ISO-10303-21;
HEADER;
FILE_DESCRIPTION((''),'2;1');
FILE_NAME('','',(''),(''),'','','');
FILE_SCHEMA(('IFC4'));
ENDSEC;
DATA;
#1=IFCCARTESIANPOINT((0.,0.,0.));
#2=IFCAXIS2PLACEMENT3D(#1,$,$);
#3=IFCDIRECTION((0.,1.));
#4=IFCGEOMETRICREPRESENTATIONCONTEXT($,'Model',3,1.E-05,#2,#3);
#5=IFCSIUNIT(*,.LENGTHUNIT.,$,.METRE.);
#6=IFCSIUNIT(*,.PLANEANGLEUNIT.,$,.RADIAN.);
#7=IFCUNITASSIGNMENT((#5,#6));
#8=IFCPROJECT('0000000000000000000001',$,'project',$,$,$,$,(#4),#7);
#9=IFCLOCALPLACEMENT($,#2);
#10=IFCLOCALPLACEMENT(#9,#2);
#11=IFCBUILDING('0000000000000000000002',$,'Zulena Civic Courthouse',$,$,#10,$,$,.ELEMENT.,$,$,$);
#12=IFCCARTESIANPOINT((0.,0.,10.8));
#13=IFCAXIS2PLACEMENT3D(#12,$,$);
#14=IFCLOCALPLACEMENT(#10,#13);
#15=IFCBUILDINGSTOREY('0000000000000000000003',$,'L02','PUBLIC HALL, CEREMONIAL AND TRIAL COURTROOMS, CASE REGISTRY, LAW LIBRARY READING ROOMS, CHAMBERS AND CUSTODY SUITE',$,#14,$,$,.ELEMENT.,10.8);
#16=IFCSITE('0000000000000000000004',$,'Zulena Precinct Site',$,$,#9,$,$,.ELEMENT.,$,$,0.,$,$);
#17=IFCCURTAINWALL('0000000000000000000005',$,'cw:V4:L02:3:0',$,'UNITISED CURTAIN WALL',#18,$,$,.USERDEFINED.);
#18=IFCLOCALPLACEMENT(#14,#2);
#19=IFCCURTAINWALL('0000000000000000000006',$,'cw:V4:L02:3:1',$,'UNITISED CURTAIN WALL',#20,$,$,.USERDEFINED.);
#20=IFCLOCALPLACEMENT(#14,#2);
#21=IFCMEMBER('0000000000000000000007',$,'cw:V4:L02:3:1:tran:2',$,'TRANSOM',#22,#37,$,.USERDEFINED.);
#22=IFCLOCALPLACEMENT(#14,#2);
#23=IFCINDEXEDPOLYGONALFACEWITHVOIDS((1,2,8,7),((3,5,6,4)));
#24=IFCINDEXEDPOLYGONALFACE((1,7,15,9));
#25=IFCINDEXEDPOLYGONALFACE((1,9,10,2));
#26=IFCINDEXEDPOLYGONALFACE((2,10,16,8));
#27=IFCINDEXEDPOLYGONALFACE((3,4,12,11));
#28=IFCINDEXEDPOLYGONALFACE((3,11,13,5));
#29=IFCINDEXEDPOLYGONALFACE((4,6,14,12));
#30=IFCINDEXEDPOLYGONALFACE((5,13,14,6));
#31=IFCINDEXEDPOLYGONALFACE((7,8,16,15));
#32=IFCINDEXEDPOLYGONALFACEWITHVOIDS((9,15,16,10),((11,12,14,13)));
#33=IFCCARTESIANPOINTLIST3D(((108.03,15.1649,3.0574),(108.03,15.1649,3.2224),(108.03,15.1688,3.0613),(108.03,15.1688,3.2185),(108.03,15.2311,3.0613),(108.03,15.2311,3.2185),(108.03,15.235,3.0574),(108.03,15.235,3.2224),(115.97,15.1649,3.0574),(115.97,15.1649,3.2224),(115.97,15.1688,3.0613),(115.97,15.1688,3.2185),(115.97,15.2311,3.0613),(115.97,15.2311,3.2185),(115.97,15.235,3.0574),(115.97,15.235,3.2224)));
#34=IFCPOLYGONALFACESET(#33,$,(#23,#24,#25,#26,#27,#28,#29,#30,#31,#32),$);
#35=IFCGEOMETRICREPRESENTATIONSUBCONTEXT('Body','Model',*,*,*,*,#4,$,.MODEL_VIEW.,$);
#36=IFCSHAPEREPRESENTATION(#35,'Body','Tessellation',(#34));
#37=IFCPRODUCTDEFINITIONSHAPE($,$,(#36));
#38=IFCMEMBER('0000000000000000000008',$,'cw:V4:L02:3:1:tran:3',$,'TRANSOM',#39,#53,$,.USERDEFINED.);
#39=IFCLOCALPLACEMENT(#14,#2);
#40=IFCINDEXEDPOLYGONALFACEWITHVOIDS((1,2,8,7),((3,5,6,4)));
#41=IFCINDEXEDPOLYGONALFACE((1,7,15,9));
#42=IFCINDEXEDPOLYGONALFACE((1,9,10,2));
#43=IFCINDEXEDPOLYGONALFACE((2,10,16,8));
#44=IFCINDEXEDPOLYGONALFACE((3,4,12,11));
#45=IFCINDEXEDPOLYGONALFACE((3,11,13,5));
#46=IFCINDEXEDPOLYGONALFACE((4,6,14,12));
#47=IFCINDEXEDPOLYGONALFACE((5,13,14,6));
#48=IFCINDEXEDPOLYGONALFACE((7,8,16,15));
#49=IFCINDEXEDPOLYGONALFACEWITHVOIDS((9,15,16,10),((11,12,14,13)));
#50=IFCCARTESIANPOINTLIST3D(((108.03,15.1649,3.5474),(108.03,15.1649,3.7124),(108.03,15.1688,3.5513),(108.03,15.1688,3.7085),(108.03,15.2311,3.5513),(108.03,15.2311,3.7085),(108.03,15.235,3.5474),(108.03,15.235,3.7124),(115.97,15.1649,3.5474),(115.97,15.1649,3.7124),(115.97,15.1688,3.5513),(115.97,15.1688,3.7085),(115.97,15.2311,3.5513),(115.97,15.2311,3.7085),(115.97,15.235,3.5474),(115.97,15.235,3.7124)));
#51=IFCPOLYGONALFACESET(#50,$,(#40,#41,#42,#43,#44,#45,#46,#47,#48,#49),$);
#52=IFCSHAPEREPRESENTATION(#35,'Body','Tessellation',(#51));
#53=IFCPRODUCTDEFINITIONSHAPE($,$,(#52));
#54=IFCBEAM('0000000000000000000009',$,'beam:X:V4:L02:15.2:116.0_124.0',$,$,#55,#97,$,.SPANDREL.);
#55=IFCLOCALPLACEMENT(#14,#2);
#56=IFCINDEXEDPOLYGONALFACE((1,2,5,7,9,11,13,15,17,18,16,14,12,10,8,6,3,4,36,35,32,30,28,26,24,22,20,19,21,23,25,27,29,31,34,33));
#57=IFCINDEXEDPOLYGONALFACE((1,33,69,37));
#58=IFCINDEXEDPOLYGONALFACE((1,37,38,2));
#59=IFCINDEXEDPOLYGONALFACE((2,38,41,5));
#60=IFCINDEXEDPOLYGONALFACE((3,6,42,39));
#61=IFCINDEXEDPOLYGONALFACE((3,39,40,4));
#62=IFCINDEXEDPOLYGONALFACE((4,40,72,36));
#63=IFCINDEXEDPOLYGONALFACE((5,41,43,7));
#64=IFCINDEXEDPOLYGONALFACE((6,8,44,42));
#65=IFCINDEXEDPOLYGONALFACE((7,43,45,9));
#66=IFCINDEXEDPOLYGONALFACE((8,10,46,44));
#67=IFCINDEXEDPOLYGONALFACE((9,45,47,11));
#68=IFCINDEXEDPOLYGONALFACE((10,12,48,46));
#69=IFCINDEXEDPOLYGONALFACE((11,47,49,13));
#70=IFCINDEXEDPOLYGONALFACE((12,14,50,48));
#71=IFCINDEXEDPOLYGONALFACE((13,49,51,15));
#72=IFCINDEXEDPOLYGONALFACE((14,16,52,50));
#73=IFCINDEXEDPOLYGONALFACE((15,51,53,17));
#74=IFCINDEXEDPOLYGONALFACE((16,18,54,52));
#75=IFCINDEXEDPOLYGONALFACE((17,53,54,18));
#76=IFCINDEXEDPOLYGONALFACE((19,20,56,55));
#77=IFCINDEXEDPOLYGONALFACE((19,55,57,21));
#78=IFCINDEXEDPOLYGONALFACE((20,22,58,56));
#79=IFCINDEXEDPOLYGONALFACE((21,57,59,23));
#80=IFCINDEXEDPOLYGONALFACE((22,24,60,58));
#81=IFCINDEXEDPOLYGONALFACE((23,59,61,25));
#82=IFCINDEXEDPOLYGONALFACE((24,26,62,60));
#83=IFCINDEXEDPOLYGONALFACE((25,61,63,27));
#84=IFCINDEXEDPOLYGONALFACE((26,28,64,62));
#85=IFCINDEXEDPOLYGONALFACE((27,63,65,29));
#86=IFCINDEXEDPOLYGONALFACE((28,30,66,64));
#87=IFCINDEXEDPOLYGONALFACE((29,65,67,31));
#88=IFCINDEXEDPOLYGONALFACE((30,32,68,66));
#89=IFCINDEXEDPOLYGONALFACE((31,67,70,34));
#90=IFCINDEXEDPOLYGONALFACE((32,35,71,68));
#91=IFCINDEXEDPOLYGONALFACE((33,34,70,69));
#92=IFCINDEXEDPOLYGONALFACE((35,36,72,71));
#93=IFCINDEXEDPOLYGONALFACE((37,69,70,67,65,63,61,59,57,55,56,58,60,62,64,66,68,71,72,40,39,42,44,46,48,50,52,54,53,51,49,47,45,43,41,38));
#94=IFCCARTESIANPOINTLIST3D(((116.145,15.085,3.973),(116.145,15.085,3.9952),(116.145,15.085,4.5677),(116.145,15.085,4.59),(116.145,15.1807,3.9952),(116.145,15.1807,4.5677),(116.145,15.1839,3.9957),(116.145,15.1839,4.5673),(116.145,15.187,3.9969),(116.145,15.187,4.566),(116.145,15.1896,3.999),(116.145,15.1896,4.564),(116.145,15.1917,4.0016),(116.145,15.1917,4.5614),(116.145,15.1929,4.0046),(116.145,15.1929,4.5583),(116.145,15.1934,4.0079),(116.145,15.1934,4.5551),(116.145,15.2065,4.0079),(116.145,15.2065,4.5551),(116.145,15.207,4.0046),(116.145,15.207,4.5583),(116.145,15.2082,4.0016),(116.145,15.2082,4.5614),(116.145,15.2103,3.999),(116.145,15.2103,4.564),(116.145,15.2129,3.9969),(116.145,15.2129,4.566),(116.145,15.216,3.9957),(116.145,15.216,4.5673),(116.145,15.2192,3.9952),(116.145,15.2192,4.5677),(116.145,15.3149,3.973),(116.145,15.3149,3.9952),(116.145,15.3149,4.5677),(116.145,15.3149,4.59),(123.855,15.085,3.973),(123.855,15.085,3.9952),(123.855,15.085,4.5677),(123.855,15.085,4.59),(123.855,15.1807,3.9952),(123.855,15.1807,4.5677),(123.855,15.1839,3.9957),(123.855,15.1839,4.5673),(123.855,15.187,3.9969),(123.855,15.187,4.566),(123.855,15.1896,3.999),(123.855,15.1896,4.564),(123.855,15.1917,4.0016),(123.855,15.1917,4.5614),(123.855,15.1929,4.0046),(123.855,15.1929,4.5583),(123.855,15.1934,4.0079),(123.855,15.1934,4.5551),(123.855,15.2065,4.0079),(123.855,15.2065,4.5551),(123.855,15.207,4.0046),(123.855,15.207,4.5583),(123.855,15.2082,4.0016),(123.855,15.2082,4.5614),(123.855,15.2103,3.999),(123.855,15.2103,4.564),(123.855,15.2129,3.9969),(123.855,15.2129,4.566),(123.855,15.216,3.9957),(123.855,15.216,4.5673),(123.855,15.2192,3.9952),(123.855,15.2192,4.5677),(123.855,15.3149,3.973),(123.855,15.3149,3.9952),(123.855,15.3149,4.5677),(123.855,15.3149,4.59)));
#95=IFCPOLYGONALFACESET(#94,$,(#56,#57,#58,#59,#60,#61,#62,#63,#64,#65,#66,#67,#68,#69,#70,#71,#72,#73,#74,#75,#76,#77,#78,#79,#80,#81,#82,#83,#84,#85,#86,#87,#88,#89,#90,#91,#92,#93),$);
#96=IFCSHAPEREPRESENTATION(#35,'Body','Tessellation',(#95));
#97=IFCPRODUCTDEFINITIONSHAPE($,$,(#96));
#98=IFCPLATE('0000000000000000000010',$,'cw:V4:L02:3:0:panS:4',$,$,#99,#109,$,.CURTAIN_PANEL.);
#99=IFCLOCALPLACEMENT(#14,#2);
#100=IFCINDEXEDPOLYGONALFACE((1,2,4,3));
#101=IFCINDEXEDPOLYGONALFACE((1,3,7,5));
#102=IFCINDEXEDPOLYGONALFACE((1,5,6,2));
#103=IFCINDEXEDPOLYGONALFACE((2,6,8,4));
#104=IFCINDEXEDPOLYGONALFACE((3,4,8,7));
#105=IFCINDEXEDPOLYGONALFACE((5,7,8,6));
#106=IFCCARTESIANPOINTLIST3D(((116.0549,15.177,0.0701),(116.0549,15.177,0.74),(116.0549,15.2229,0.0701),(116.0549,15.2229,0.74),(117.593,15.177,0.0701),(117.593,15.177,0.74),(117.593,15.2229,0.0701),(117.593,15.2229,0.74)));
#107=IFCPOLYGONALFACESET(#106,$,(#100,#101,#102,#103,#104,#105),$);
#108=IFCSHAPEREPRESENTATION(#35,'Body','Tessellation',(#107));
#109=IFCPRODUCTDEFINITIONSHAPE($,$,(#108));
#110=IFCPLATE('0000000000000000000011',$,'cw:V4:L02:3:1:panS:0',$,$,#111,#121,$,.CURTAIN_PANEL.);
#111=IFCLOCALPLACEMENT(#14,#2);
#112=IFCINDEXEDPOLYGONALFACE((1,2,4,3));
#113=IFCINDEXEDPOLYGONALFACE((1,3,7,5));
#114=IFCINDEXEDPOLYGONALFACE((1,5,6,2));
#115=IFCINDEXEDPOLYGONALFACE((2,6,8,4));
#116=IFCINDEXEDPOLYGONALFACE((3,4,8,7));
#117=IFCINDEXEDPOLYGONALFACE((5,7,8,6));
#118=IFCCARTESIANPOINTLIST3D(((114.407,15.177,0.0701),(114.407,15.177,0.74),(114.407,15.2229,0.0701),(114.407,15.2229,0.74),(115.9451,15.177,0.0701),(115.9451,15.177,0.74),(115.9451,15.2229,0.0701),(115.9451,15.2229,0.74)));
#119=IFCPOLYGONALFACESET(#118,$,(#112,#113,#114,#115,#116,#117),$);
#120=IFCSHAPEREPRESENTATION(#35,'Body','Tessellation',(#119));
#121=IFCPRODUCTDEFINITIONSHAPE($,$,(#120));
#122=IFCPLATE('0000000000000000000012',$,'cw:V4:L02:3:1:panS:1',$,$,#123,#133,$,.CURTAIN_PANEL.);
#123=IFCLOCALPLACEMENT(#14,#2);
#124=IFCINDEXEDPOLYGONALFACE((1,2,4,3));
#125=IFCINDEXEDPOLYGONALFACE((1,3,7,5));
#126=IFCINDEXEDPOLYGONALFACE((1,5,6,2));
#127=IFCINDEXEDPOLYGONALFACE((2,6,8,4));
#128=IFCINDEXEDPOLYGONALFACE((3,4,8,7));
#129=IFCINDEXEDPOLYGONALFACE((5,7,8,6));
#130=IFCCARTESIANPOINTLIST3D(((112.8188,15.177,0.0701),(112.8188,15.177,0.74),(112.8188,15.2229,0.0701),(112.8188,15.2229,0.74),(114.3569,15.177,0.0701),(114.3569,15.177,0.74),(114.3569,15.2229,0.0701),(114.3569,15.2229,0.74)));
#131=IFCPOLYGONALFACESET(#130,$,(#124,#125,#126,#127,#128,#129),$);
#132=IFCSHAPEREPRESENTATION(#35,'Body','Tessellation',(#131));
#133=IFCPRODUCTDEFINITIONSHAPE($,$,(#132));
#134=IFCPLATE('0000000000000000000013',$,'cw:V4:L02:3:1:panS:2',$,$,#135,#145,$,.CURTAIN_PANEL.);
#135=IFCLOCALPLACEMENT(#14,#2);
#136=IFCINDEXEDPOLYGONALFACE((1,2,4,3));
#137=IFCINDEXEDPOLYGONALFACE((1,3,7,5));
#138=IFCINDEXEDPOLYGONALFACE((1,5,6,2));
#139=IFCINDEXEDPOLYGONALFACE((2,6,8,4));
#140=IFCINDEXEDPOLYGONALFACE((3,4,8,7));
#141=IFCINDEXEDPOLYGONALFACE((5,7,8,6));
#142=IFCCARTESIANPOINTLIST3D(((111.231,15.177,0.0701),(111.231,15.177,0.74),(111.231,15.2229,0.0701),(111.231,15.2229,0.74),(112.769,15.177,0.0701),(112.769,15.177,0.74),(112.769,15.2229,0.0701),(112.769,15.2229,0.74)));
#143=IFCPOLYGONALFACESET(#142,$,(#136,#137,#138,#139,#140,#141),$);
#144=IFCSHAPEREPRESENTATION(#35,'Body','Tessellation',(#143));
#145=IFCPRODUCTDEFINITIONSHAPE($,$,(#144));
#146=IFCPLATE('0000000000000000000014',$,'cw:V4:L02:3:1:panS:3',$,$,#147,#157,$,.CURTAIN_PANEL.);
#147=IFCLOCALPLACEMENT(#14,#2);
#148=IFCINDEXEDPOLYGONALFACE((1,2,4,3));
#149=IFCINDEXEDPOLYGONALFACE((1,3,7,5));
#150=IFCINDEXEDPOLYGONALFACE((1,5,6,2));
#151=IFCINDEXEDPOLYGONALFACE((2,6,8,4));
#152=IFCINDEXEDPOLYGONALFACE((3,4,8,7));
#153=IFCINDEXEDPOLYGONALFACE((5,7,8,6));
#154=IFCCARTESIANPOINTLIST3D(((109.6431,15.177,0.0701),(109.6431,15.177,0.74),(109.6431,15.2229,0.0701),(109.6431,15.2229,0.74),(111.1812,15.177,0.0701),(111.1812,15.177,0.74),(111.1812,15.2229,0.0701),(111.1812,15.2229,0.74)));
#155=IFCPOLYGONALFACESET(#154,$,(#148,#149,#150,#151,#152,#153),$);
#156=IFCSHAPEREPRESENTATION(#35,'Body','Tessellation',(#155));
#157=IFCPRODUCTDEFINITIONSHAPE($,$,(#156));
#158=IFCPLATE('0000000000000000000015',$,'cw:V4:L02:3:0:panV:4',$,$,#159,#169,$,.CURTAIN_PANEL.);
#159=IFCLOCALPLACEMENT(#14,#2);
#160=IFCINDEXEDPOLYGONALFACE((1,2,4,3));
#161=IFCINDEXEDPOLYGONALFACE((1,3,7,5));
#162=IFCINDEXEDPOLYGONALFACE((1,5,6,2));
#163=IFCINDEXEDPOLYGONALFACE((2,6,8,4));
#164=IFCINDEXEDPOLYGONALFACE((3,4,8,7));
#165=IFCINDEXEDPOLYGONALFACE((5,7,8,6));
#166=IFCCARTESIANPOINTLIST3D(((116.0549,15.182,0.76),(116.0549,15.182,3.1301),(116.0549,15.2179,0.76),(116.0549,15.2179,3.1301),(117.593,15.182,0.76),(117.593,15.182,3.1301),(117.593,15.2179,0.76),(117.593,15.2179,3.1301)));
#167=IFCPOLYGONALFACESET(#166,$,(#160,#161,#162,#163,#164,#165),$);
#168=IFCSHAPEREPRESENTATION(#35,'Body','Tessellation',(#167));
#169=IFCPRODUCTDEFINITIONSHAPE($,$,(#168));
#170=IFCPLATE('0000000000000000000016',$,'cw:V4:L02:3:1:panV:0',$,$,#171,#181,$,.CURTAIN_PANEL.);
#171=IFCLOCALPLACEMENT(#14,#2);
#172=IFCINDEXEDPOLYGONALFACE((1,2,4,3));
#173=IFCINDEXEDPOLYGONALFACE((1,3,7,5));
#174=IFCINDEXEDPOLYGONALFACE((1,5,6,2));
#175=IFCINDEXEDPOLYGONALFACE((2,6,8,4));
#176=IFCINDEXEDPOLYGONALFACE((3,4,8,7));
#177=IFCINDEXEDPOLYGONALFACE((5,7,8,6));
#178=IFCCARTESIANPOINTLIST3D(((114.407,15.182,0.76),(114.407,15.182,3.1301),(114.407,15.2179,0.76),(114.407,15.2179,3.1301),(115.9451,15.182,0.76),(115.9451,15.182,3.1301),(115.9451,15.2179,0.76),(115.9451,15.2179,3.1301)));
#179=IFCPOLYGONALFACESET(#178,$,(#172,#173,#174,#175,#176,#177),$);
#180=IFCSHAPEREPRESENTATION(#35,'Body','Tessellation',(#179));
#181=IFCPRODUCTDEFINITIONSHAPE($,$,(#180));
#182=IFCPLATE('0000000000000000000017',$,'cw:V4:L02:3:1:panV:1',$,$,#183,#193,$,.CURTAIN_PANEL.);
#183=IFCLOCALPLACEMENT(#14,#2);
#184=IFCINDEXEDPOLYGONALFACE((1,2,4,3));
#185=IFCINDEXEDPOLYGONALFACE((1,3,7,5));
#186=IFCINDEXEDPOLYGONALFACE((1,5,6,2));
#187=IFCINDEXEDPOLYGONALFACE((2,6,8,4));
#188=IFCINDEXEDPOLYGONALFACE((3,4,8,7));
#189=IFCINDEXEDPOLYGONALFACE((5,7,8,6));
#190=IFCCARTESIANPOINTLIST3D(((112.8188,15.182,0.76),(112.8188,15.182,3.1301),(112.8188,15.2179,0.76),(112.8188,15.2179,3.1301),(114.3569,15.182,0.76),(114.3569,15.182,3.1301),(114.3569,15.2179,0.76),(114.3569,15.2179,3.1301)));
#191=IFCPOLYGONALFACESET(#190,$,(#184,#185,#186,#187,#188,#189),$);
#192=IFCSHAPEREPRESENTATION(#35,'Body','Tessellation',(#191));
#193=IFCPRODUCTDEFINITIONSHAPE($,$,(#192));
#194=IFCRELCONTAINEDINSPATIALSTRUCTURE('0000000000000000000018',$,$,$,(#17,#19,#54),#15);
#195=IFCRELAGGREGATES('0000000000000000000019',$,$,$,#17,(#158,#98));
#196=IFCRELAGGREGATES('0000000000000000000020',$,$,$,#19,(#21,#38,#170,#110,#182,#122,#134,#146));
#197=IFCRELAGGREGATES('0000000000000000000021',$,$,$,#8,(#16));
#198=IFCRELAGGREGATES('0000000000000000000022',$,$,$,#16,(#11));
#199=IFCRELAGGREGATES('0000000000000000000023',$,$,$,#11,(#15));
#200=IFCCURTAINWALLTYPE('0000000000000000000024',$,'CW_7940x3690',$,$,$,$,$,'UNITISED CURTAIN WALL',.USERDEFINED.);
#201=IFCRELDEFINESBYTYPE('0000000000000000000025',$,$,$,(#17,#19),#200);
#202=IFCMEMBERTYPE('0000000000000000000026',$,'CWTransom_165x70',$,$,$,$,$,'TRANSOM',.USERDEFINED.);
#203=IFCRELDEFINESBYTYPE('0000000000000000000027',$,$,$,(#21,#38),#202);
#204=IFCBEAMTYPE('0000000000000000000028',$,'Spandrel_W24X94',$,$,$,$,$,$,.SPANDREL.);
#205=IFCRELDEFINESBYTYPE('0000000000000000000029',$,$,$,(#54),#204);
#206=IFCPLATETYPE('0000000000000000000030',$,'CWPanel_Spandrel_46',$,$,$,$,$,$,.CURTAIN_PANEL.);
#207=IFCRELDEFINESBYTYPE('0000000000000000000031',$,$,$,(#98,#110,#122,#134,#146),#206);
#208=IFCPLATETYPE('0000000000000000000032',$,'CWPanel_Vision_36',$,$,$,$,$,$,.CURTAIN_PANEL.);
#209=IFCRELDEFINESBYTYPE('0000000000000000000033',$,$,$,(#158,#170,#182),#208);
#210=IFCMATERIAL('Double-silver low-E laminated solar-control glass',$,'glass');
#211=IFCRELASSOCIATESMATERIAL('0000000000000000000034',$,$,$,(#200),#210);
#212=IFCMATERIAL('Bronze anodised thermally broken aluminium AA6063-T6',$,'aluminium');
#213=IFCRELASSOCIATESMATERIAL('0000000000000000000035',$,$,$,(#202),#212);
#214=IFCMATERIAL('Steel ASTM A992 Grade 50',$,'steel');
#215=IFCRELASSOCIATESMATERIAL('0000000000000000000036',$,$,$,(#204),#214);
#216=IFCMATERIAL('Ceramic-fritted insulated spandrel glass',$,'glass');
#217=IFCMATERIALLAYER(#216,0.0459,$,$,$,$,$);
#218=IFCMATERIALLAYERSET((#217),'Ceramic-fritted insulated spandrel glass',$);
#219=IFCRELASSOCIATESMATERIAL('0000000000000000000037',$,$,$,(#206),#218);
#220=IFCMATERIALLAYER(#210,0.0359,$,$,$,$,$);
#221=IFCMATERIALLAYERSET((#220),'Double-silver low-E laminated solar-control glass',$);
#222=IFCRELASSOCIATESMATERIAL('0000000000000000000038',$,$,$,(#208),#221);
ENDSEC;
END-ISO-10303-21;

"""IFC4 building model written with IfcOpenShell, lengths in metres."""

from ifc_helpers import new_model, si_unit, direction, frame, origin, origin_2d, place, context, subcontext, project, spatial, rectangle, hollow_rectangle, i_section, extrude, material, layer, layer_set, material_profile, profile_set, type_object, element, aggregate, save


model = new_model("IFC4")

# Units and contexts
model_context = context("Model", 3, precision=1e-05, world=origin(), true_north=direction((0.0, 1.0)))
body_context = subcontext(model_context, "Body", "Model", "MODEL_VIEW")
ifc_project = project(units=[si_unit("LENGTHUNIT", "METRE"), si_unit("PLANEANGLEUNIT", "RADIAN")], contexts=[model_context])

# Site, building, storey
site_placement = place(None, origin())
site = spatial("IfcSite", under=ifc_project, at=site_placement, Name="Zulena Precinct Site", CompositionType="ELEMENT", RefElevation=0.0)
building_placement = place(site_placement, origin())
building = spatial("IfcBuilding", under=site, at=building_placement, Name="Zulena Civic Courthouse", CompositionType="ELEMENT")
storey_placement = place(building_placement, frame((0.0, 0.0, 10.8)))
storey = spatial("IfcBuildingStorey", under=building, at=storey_placement, Name="L02", Description="PUBLIC HALL, CEREMONIAL AND TRIAL COURTROOMS, CASE REGISTRY, LAW LIBRARY READING ROOMS, CHAMBERS AND CUSTODY SUITE", CompositionType="ELEMENT", Elevation=10.8)

# Shared definitions
ifc_material_1 = material(Name="Steel ASTM A992 Grade 50", Category="steel")

# Curtain wall
ifc_material_2 = material(Name="Double-silver low-E laminated solar-control glass", Category="glass")
curtain_wall_type = type_object("IfcCurtainWallType", Name="CW_7940x3690", ElementType="UNITISED CURTAIN WALL", PredefinedType="USERDEFINED", material=ifc_material_2)
curtain_wall_1_placement = place(storey_placement, origin())
curtain_wall_1 = element("IfcCurtainWall", 1, at=curtain_wall_1_placement, inside=storey, type_object=curtain_wall_type, Name="cw:V4:L02:3:0", ObjectType="UNITISED CURTAIN WALL", PredefinedType="USERDEFINED")
ifc_material_3 = material(Name="Bronze anodised thermally broken aluminium AA6063-T6", Category="aluminium")

# Curtain wall, members
curtain_wall_2_placement = place(storey_placement, origin())
curtain_wall_2 = element("IfcCurtainWall", 2, at=curtain_wall_2_placement, inside=storey, type_object=curtain_wall_type, Name="cw:V4:L02:3:1", ObjectType="UNITISED CURTAIN WALL", PredefinedType="USERDEFINED")
ifc_material_profile_1 = material_profile(ifc_material_3, hollow_rectangle(XDim=0.0701, YDim=0.165, WallThickness=0.0039, at=origin_2d()), Name="CWT165X70X4")
ifc_profile_set_1 = profile_set([ifc_material_profile_1], Name="Bronze anodised thermally broken aluminium AA6063-T6")
member_type_1 = type_object("IfcMemberType", Name="CWTransom_165x70", ElementType="TRANSOM", PredefinedType="USERDEFINED", material=ifc_profile_set_1)
member_1_placement = place(storey_placement, frame((115.97, 15.2, 3.1399), z_axis=(-1.0, 0.0, 0.0), x_axis=(0.0, -1.0, 0.0)))
member_1 = element("IfcMember", 3, at=member_1_placement, type_object=member_type_1, Name="cw:V4:L02:3:1:tran:2", ObjectType="TRANSOM", PredefinedType="USERDEFINED", context=body_context, shape_type="SweptSolid", body=[
    extrude(hollow_rectangle(XDim=0.0701, YDim=0.165, WallThickness=0.0039, at=origin_2d()), origin(), (0.0, 0.0, 1.0), 7.9399),
])
member_2_placement = place(storey_placement, frame((115.97, 15.2, 3.6299), z_axis=(-1.0, 0.0, 0.0), x_axis=(0.0, -1.0, 0.0)))
member_2 = element("IfcMember", 4, at=member_2_placement, type_object=member_type_1, Name="cw:V4:L02:3:1:tran:3", ObjectType="TRANSOM", PredefinedType="USERDEFINED", context=body_context, shape_type="SweptSolid", body=[
    extrude(hollow_rectangle(XDim=0.0701, YDim=0.165, WallThickness=0.0039, at=origin_2d()), origin(), (0.0, 0.0, 1.0), 7.9399),
])

# Beam
ifc_material_profile_2 = material_profile(ifc_material_1, i_section(OverallWidth=0.23, OverallDepth=0.6169, WebThickness=0.0132, FlangeThickness=0.0222, FilletRadius=0.0127, at=origin_2d()), Name="W24X94")
ifc_profile_set_2 = profile_set([ifc_material_profile_2], Name="Steel ASTM A992 Grade 50")
beam_type = type_object("IfcBeamType", Name="Spandrel_W24X94", PredefinedType="SPANDREL", material=ifc_profile_set_2)
beam_placement = place(storey_placement, frame((116.145, 15.2, 4.2815), z_axis=(1.0, 0.0, 0.0), x_axis=(0.0, 1.0, 0.0)))
element("IfcBeam", 5, at=beam_placement, inside=storey, type_object=beam_type, Name="beam:X:V4:L02:15.2:116.0_124.0", PredefinedType="SPANDREL", context=body_context, shape_type="SweptSolid", body=[
    extrude(i_section(OverallWidth=0.23, OverallDepth=0.6169, WebThickness=0.0132, FlangeThickness=0.0222, FilletRadius=0.0127, at=origin_2d()), origin(), (0.0, 0.0, 1.0), 7.71),
])

# Plates
ifc_material_4 = material(Name="Ceramic-fritted insulated spandrel glass", Category="glass")
ifc_layer_1 = layer(ifc_material_4, 0.0459)
ifc_layer_set_1 = layer_set([ifc_layer_1], Name="Ceramic-fritted insulated spandrel glass")
plate_type_1 = type_object("IfcPlateType", Name="CWPanel_Spandrel_46", PredefinedType="CURTAIN_PANEL", material=ifc_layer_set_1)
plate_1_placement = place(storey_placement, frame((116.824, 15.2, 0.0701), z_axis=(0.0, 0.0, 1.0), x_axis=(-1.0, 0.0, 0.0)))
plate_1 = element("IfcPlate", 6, at=plate_1_placement, type_object=plate_type_1, Name="cw:V4:L02:3:0:panS:4", PredefinedType="CURTAIN_PANEL", context=body_context, shape_type="SweptSolid", body=[
    extrude(rectangle(XDim=1.5381, YDim=0.0459, at=origin_2d()), origin(), (0.0, 0.0, 1.0), 0.6699),
])
plate_2_placement = place(storey_placement, frame((115.176, 15.2, 0.0701), z_axis=(0.0, 0.0, 1.0), x_axis=(-1.0, 0.0, 0.0)))
plate_2 = element("IfcPlate", 7, at=plate_2_placement, type_object=plate_type_1, Name="cw:V4:L02:3:1:panS:0", PredefinedType="CURTAIN_PANEL", context=body_context, shape_type="SweptSolid", body=[
    extrude(rectangle(XDim=1.5381, YDim=0.0459, at=origin_2d()), origin(), (0.0, 0.0, 1.0), 0.6699),
])
plate_3_placement = place(storey_placement, frame((113.5879, 15.2, 0.0701), z_axis=(0.0, 0.0, 1.0), x_axis=(-1.0, 0.0, 0.0)))
plate_3 = element("IfcPlate", 8, at=plate_3_placement, type_object=plate_type_1, Name="cw:V4:L02:3:1:panS:1", PredefinedType="CURTAIN_PANEL", context=body_context, shape_type="SweptSolid", body=[
    extrude(rectangle(XDim=1.5381, YDim=0.0459, at=origin_2d()), origin(), (0.0, 0.0, 1.0), 0.6699),
])
plate_4_placement = place(storey_placement, frame((112.0, 15.2, 0.0701), z_axis=(0.0, 0.0, 1.0), x_axis=(-1.0, 0.0, 0.0)))
plate_4 = element("IfcPlate", 9, at=plate_4_placement, type_object=plate_type_1, Name="cw:V4:L02:3:1:panS:2", PredefinedType="CURTAIN_PANEL", context=body_context, shape_type="SweptSolid", body=[
    extrude(rectangle(XDim=1.5381, YDim=0.0459, at=origin_2d()), origin(), (0.0, 0.0, 1.0), 0.6699),
])
plate_5_placement = place(storey_placement, frame((110.4121, 15.2, 0.0701), z_axis=(0.0, 0.0, 1.0), x_axis=(-1.0, 0.0, 0.0)))
plate_5 = element("IfcPlate", 10, at=plate_5_placement, type_object=plate_type_1, Name="cw:V4:L02:3:1:panS:3", PredefinedType="CURTAIN_PANEL", context=body_context, shape_type="SweptSolid", body=[
    extrude(rectangle(XDim=1.5381, YDim=0.0459, at=origin_2d()), origin(), (0.0, 0.0, 1.0), 0.6699),
])
ifc_layer_2 = layer(ifc_material_2, 0.0359)
ifc_layer_set_2 = layer_set([ifc_layer_2], Name="Double-silver low-E laminated solar-control glass")
plate_type_2 = type_object("IfcPlateType", Name="CWPanel_Vision_36", PredefinedType="CURTAIN_PANEL", material=ifc_layer_set_2)
plate_6_placement = place(storey_placement, frame((116.824, 15.2, 0.76), z_axis=(0.0, 0.0, 1.0), x_axis=(-1.0, 0.0, 0.0)))
plate_6 = element("IfcPlate", 11, at=plate_6_placement, type_object=plate_type_2, Name="cw:V4:L02:3:0:panV:4", PredefinedType="CURTAIN_PANEL", context=body_context, shape_type="SweptSolid", body=[
    extrude(rectangle(XDim=1.5381, YDim=0.0359, at=origin_2d()), origin(), (0.0, 0.0, 1.0), 2.3701),
])
aggregate(curtain_wall_1, [plate_6, plate_1])
plate_7_placement = place(storey_placement, frame((115.176, 15.2, 0.76), z_axis=(0.0, 0.0, 1.0), x_axis=(-1.0, 0.0, 0.0)))
plate_7 = element("IfcPlate", 12, at=plate_7_placement, type_object=plate_type_2, Name="cw:V4:L02:3:1:panV:0", PredefinedType="CURTAIN_PANEL", context=body_context, shape_type="SweptSolid", body=[
    extrude(rectangle(XDim=1.5381, YDim=0.0359, at=origin_2d()), origin(), (0.0, 0.0, 1.0), 2.3701),
])
plate_8_placement = place(storey_placement, frame((113.5879, 15.2, 0.76), z_axis=(0.0, 0.0, 1.0), x_axis=(-1.0, 0.0, 0.0)))
plate_8 = element("IfcPlate", 13, at=plate_8_placement, type_object=plate_type_2, Name="cw:V4:L02:3:1:panV:1", PredefinedType="CURTAIN_PANEL", context=body_context, shape_type="SweptSolid", body=[
    extrude(rectangle(XDim=1.5381, YDim=0.0359, at=origin_2d()), origin(), (0.0, 0.0, 1.0), 2.3701),
])
aggregate(curtain_wall_2, [member_1, member_2, plate_7, plate_2, plate_8, plate_3, plate_4, plate_5])

save(model, "model.ifc")
